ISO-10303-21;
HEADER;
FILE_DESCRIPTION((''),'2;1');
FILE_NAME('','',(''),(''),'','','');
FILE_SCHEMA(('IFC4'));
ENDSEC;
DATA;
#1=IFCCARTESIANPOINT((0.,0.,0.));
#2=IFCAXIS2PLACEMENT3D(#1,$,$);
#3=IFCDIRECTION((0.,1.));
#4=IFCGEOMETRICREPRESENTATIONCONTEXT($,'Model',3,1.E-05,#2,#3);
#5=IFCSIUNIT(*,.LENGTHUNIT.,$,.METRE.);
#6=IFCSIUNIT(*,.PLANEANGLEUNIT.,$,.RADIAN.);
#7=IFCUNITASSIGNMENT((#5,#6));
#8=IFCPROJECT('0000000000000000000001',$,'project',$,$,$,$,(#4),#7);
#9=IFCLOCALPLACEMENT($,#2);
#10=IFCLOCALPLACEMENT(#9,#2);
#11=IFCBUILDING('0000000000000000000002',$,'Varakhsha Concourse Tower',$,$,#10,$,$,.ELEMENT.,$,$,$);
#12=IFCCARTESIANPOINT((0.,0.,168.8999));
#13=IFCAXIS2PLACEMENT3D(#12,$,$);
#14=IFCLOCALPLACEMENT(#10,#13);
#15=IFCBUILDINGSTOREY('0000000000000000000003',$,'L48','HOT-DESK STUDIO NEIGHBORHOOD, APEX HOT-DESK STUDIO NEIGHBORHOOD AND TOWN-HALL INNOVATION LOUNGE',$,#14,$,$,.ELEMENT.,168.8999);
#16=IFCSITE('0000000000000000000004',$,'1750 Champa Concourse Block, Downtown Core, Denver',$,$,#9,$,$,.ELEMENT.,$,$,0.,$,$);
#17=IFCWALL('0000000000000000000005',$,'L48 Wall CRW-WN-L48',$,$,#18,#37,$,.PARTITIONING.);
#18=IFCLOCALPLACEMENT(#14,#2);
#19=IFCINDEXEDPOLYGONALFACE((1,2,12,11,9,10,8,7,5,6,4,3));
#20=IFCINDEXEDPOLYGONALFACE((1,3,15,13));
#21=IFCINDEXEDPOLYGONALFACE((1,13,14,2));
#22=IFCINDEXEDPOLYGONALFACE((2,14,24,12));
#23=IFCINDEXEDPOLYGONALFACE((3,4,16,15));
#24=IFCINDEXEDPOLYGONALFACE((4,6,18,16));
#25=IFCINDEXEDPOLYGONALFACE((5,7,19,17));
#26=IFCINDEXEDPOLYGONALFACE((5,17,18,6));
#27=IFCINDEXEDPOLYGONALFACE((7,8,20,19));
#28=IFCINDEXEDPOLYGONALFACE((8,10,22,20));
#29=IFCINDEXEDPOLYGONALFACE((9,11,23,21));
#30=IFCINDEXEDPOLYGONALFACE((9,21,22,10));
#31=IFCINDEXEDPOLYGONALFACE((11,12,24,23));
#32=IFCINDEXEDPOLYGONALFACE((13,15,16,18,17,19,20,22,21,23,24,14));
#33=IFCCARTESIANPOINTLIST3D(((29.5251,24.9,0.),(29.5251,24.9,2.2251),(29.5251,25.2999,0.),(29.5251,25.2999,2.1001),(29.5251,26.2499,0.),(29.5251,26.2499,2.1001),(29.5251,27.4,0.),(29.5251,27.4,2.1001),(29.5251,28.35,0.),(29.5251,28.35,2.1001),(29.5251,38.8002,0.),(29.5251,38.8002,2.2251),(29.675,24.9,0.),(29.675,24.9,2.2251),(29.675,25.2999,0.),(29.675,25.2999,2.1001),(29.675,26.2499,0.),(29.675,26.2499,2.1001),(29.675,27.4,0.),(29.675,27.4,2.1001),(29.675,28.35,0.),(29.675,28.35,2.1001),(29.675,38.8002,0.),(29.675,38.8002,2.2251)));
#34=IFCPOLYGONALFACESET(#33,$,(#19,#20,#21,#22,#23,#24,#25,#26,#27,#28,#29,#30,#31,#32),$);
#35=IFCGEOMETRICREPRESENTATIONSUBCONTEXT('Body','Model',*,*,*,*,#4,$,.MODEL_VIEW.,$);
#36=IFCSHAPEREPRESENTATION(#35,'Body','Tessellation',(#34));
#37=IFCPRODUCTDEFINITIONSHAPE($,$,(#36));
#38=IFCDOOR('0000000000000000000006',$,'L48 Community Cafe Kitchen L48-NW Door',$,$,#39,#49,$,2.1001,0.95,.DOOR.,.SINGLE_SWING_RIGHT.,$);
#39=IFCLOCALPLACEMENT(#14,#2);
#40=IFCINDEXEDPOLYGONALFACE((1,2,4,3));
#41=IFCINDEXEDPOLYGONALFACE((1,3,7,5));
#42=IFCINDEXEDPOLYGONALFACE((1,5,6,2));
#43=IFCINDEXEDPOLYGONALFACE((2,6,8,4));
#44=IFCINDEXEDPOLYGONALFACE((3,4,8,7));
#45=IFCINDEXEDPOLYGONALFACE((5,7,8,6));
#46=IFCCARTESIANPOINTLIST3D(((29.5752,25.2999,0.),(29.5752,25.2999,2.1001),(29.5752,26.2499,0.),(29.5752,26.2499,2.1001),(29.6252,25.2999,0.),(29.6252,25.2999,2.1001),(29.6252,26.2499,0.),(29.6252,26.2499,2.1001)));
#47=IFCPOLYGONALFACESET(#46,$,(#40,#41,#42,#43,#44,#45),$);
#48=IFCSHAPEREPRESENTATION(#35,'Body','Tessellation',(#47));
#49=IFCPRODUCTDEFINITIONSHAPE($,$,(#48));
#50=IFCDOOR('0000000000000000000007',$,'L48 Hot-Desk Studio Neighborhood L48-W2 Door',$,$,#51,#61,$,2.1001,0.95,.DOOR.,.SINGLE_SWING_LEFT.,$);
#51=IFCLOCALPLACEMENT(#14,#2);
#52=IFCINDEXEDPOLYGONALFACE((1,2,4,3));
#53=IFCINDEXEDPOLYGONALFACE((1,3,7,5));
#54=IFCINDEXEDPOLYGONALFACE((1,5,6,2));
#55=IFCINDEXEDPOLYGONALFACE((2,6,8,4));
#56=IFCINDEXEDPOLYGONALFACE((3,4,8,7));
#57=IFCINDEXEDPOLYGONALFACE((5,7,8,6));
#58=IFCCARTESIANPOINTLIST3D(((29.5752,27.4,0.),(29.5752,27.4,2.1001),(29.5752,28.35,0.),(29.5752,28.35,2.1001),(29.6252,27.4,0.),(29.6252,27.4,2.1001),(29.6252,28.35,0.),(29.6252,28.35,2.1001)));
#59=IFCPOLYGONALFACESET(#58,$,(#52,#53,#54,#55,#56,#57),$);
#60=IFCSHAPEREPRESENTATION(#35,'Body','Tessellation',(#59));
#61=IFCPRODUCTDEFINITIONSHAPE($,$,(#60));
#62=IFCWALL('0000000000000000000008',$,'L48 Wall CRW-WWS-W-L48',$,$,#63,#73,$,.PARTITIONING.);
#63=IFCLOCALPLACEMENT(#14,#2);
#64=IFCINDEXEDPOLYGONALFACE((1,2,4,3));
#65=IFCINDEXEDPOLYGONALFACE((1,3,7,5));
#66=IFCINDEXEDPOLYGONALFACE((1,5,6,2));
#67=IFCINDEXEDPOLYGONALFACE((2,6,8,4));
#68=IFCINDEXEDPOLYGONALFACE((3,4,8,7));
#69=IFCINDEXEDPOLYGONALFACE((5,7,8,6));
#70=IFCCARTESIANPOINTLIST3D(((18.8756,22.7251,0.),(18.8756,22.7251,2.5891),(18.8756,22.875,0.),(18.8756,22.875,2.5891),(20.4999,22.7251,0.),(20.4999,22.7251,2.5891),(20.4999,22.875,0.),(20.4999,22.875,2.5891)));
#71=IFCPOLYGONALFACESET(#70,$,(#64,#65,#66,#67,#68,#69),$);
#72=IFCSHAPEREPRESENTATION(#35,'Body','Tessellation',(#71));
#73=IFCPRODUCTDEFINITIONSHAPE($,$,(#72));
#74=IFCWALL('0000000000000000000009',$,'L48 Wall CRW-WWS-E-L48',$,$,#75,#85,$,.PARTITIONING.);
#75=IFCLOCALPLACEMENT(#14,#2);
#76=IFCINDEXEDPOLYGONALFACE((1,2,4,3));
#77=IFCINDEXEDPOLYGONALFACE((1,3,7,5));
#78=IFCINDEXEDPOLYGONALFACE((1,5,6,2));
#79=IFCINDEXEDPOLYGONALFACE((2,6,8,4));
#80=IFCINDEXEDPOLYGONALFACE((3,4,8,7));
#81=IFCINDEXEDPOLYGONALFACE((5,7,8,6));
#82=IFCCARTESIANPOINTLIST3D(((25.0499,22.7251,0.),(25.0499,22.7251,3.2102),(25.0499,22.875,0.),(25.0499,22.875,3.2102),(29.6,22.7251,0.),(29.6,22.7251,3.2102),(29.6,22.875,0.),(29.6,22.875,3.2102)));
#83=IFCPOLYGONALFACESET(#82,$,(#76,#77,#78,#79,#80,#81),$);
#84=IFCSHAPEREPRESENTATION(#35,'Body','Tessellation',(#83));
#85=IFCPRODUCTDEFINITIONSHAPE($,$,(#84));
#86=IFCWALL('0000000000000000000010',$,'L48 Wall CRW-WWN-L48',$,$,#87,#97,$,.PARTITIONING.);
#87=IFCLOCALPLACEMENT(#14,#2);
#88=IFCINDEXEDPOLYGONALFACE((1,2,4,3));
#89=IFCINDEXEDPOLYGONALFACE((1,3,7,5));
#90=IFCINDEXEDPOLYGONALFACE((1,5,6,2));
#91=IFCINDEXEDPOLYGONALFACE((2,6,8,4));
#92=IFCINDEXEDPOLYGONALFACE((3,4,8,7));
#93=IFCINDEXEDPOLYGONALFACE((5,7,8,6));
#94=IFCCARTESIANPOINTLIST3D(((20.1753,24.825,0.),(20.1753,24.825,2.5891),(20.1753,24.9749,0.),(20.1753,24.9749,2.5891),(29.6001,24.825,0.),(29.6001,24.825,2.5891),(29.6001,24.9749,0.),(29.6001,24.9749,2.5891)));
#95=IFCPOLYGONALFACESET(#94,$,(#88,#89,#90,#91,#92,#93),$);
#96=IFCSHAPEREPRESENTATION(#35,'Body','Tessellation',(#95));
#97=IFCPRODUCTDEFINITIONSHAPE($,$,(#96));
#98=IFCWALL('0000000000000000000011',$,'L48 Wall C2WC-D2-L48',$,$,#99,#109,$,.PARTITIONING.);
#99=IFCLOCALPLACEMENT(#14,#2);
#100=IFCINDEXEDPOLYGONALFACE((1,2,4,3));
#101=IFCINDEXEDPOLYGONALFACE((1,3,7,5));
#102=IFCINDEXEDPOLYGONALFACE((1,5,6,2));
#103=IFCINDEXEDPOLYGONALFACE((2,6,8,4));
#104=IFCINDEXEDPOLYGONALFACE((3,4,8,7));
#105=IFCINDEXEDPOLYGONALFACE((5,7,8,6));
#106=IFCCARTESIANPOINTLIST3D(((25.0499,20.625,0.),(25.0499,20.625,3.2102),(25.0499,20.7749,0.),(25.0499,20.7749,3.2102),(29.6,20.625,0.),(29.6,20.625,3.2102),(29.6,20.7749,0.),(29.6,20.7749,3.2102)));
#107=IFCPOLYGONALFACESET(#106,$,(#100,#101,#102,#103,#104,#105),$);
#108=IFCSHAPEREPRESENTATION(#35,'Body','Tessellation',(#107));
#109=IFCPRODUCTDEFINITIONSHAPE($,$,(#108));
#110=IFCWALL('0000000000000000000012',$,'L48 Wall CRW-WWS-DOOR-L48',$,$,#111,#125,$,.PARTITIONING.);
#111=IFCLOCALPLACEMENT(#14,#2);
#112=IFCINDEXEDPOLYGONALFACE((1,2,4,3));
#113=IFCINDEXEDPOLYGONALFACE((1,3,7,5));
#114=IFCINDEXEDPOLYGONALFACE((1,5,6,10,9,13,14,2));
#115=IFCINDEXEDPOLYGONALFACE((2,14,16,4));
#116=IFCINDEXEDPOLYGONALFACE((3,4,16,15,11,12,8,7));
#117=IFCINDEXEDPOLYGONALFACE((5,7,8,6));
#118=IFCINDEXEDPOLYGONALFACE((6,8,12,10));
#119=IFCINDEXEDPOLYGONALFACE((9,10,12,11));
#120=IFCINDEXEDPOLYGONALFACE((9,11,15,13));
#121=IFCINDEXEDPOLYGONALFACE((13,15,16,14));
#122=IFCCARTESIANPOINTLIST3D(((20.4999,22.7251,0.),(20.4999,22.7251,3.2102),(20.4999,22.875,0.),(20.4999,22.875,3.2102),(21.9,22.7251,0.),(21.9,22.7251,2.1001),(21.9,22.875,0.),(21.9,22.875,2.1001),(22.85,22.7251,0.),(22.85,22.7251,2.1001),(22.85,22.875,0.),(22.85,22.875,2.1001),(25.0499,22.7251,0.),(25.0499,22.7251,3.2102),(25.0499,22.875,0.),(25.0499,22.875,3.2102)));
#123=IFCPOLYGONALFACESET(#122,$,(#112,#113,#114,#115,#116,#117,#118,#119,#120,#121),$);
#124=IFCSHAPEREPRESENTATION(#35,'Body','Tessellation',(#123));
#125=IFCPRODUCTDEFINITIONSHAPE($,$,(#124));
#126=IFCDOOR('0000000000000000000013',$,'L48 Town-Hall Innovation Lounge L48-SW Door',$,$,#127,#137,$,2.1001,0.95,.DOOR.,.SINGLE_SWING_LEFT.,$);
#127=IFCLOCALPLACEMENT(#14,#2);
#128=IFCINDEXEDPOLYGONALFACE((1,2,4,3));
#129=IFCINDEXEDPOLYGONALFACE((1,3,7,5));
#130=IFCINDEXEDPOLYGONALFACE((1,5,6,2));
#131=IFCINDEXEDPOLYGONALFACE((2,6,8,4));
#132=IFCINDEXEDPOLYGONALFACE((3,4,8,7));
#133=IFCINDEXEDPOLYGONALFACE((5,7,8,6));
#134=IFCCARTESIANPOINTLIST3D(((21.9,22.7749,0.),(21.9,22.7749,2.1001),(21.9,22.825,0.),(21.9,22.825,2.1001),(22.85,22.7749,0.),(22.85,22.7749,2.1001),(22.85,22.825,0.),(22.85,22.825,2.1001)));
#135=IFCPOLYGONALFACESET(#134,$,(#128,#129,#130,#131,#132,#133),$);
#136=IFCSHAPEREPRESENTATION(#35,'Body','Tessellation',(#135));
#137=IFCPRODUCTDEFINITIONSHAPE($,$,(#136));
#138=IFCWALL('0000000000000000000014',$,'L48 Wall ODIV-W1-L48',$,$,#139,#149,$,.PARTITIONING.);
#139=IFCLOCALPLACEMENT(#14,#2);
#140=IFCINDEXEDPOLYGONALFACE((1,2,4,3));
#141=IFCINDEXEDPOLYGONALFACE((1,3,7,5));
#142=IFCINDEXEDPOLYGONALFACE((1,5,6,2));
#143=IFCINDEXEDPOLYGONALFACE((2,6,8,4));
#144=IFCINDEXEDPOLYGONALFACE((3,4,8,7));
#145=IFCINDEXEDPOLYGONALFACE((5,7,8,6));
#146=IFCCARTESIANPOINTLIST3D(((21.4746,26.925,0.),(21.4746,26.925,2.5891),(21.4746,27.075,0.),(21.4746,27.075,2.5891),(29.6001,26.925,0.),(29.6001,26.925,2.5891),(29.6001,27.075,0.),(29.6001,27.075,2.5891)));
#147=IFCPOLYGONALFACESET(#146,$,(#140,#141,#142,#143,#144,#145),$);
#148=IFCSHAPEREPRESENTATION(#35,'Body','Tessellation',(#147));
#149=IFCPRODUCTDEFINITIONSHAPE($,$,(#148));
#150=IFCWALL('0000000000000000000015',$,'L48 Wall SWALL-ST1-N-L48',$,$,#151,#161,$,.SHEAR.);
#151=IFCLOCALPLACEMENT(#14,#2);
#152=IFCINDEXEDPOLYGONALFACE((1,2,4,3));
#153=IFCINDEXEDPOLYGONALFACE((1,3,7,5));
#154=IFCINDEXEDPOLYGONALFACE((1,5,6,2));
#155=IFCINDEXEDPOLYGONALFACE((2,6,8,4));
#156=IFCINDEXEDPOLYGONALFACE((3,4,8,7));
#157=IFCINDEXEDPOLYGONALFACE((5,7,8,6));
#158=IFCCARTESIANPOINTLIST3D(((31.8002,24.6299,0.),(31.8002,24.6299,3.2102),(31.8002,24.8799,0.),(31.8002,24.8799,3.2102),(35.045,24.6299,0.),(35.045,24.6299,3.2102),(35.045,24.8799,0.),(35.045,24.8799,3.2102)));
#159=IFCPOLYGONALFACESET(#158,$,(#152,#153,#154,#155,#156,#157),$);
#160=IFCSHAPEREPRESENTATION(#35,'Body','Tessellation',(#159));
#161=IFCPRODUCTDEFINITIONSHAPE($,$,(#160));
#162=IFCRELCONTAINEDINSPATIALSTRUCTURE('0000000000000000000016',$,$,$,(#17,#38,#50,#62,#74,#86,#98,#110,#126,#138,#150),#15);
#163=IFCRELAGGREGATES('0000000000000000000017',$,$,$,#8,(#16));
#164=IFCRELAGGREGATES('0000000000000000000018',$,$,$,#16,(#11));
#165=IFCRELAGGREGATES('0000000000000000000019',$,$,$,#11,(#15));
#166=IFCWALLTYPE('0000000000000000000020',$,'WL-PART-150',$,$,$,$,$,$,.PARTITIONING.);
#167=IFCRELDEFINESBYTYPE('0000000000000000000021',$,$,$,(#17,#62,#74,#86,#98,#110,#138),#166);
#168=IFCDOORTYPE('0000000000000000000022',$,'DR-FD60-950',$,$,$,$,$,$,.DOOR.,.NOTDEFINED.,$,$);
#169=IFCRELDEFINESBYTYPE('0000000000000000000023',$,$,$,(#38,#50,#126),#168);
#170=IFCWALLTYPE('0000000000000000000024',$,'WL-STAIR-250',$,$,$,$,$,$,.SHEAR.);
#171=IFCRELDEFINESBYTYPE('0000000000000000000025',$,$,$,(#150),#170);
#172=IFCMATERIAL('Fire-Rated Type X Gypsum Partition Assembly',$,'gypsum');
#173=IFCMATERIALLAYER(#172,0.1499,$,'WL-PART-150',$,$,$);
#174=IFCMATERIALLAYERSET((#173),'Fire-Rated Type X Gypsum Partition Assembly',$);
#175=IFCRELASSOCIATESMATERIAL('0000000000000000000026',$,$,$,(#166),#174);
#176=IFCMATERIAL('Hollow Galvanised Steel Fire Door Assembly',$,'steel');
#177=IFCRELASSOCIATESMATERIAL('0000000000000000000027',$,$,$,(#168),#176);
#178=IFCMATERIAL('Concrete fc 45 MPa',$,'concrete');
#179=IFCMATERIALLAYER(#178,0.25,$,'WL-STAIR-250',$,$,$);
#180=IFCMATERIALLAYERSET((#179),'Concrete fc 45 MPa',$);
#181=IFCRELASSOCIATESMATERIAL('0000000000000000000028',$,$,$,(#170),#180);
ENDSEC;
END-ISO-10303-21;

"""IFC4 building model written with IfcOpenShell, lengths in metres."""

from ifc_helpers import new_model, si_unit, direction, frame, frame_2d, origin, place, context, subcontext, project, spatial, rectangle, extrude, material, layer, layer_set, type_object, element, fill, save


model = new_model("IFC4")

# Units and contexts
model_context = context("Model", 3, precision=1e-05, world=origin(), true_north=direction((0.0, 1.0)))
body_context = subcontext(model_context, "Body", "Model", "MODEL_VIEW")
ifc_project = project(units=[si_unit("LENGTHUNIT", "METRE"), si_unit("PLANEANGLEUNIT", "RADIAN")], contexts=[model_context])

# Site, building, storey
site_placement = place(None, origin())
site = spatial("IfcSite", under=ifc_project, at=site_placement, Name="1750 Champa Concourse Block, Downtown Core, Denver", CompositionType="ELEMENT", RefElevation=0.0)
building_placement = place(site_placement, origin())
building = spatial("IfcBuilding", under=site, at=building_placement, Name="Varakhsha Concourse Tower", CompositionType="ELEMENT")
storey_placement = place(building_placement, frame((0.0, 0.0, 168.8999)))
storey = spatial("IfcBuildingStorey", under=building, at=storey_placement, Name="L48", Description="HOT-DESK STUDIO NEIGHBORHOOD, APEX HOT-DESK STUDIO NEIGHBORHOOD AND TOWN-HALL INNOVATION LOUNGE", CompositionType="ELEMENT", Elevation=168.8999)

# Wall, openings, doors
ifc_material_1 = material(Name="Fire-Rated Type X Gypsum Partition Assembly", Category="gypsum")
ifc_layer_1 = layer(ifc_material_1, 0.1499, Name="WL-PART-150")
ifc_layer_set_1 = layer_set([ifc_layer_1], Name="Fire-Rated Type X Gypsum Partition Assembly")
wall_type_1 = type_object("IfcWallType", Name="WL-PART-150", PredefinedType="PARTITIONING", material=ifc_layer_set_1)
wall_1_placement = place(storey_placement, frame((29.6001, 24.8999, 0.0), z_axis=(0.0, 0.0, 1.0), x_axis=(0.0, 1.0, 0.0)))
wall_1 = element("IfcWall", 1, at=wall_1_placement, inside=storey, type_object=wall_type_1, Name="L48 Wall CRW-WN-L48", PredefinedType="PARTITIONING", context=body_context, shape_type="SweptSolid", body=[
    extrude(rectangle(XDim=13.9001, YDim=0.1499, at=frame_2d((6.9502, 0.0))), origin(), (0.0, 0.0, 1.0), 2.2251),
])
opening_1_placement = place(wall_1_placement, frame((0.3999, 0.0, 0.0)))
opening_1 = element("IfcOpeningElement", 2, at=opening_1_placement, cuts=wall_1, PredefinedType="OPENING", context=body_context, shape_type="SweptSolid", body=[
    extrude(rectangle(XDim=0.95, YDim=2.1001, at=frame_2d((0.4751, 1.05))), frame((0.0, 0.085, 0.0), z_axis=(0.0, -1.0, 0.0), x_axis=(1.0, 0.0, 0.0)), (0.0, 0.0, 1.0), 0.1699),
])
opening_2_placement = place(wall_1_placement, frame((2.5, 0.0, 0.0)))
opening_2 = element("IfcOpeningElement", 3, at=opening_2_placement, cuts=wall_1, PredefinedType="OPENING", context=body_context, shape_type="SweptSolid", body=[
    extrude(rectangle(XDim=0.95, YDim=2.1001, at=frame_2d((0.4751, 1.05))), frame((0.0, 0.085, 0.0), z_axis=(0.0, -1.0, 0.0), x_axis=(1.0, 0.0, 0.0)), (0.0, 0.0, 1.0), 0.1699),
])
ifc_material_2 = material(Name="Hollow Galvanised Steel Fire Door Assembly", Category="steel")
door_type = type_object("IfcDoorType", Name="DR-FD60-950", OperationType="NOTDEFINED", PredefinedType="DOOR", material=ifc_material_2)
door_1_placement = place(opening_1_placement, origin())
door_1 = element("IfcDoor", 4, at=door_1_placement, inside=storey, type_object=door_type, Name="L48 Community Cafe Kitchen L48-NW Door", OperationType="SINGLE_SWING_RIGHT", OverallHeight=2.1001, OverallWidth=0.95, PredefinedType="DOOR", context=body_context, shape_type="SweptSolid", body=[
    extrude(rectangle(XDim=0.95, YDim=2.1001, at=frame_2d((0.4751, 1.05))), frame((0.0, 0.0249, 0.0), z_axis=(0.0, -1.0, 0.0), x_axis=(1.0, 0.0, 0.0)), (0.0, 0.0, 1.0), 0.05),
])
fill(opening_1, door_1)
door_2_placement = place(opening_2_placement, origin())
door_2 = element("IfcDoor", 5, at=door_2_placement, inside=storey, type_object=door_type, Name="L48 Hot-Desk Studio Neighborhood L48-W2 Door", OperationType="SINGLE_SWING_LEFT", OverallHeight=2.1001, OverallWidth=0.95, PredefinedType="DOOR", context=body_context, shape_type="SweptSolid", body=[
    extrude(rectangle(XDim=0.95, YDim=2.1001, at=frame_2d((0.4751, 1.05))), frame((0.0, 0.0249, 0.0), z_axis=(0.0, -1.0, 0.0), x_axis=(1.0, 0.0, 0.0)), (0.0, 0.0, 1.0), 0.05),
])
fill(opening_2, door_2)

# Walls
wall_2_placement = place(storey_placement, frame((18.8757, 22.8, 0.0), z_axis=(0.0, 0.0, 1.0), x_axis=(1.0, 0.0, 0.0)))
element("IfcWall", 6, at=wall_2_placement, inside=storey, type_object=wall_type_1, Name="L48 Wall CRW-WWS-W-L48", PredefinedType="PARTITIONING", context=body_context, shape_type="SweptSolid", body=[
    extrude(rectangle(XDim=1.6243, YDim=0.1499, at=frame_2d((0.812, 0.0))), origin(), (0.0, 0.0, 1.0), 2.5891),
])
wall_3_placement = place(storey_placement, frame((25.05, 22.8, 0.0), z_axis=(0.0, 0.0, 1.0), x_axis=(1.0, 0.0, 0.0)))
element("IfcWall", 7, at=wall_3_placement, inside=storey, type_object=wall_type_1, Name="L48 Wall CRW-WWS-E-L48", PredefinedType="PARTITIONING", context=body_context, shape_type="SweptSolid", body=[
    extrude(rectangle(XDim=4.55, YDim=0.1499, at=frame_2d((2.2749, 0.0))), origin(), (0.0, 0.0, 1.0), 3.2102),
])
wall_4_placement = place(storey_placement, frame((20.1753, 24.8999, 0.0), z_axis=(0.0, 0.0, 1.0), x_axis=(1.0, 0.0, 0.0)))
element("IfcWall", 8, at=wall_4_placement, inside=storey, type_object=wall_type_1, Name="L48 Wall CRW-WWN-L48", PredefinedType="PARTITIONING", context=body_context, shape_type="SweptSolid", body=[
    extrude(rectangle(XDim=9.4248, YDim=0.1499, at=frame_2d((4.7124, 0.0))), origin(), (0.0, 0.0, 1.0), 2.5891),
])
wall_5_placement = place(storey_placement, frame((25.05, 20.7, 0.0), z_axis=(0.0, 0.0, 1.0), x_axis=(1.0, 0.0, 0.0)))
element("IfcWall", 9, at=wall_5_placement, inside=storey, type_object=wall_type_1, Name="L48 Wall C2WC-D2-L48", PredefinedType="PARTITIONING", context=body_context, shape_type="SweptSolid", body=[
    extrude(rectangle(XDim=4.55, YDim=0.1499, at=frame_2d((2.2749, 0.0))), origin(), (0.0, 0.0, 1.0), 3.2102),
])

# Wall, opening, door
wall_6_placement = place(storey_placement, frame((20.5, 22.8, 0.0), z_axis=(0.0, 0.0, 1.0), x_axis=(1.0, 0.0, 0.0)))
wall_6 = element("IfcWall", 10, at=wall_6_placement, inside=storey, type_object=wall_type_1, Name="L48 Wall CRW-WWS-DOOR-L48", PredefinedType="PARTITIONING", context=body_context, shape_type="SweptSolid", body=[
    extrude(rectangle(XDim=4.55, YDim=0.1499, at=frame_2d((2.2749, 0.0))), origin(), (0.0, 0.0, 1.0), 3.2102),
])
opening_3_placement = place(wall_6_placement, frame((1.3999, 0.0, 0.0)))
opening_3 = element("IfcOpeningElement", 11, at=opening_3_placement, cuts=wall_6, PredefinedType="OPENING", context=body_context, shape_type="SweptSolid", body=[
    extrude(rectangle(XDim=0.95, YDim=2.1001, at=frame_2d((0.4751, 1.05))), frame((0.0, 0.085, 0.0), z_axis=(0.0, -1.0, 0.0), x_axis=(1.0, 0.0, 0.0)), (0.0, 0.0, 1.0), 0.1699),
])
door_3_placement = place(opening_3_placement, origin())
door_3 = element("IfcDoor", 12, at=door_3_placement, inside=storey, type_object=door_type, Name="L48 Town-Hall Innovation Lounge L48-SW Door", OperationType="SINGLE_SWING_LEFT", OverallHeight=2.1001, OverallWidth=0.95, PredefinedType="DOOR", context=body_context, shape_type="SweptSolid", body=[
    extrude(rectangle(XDim=0.95, YDim=2.1001, at=frame_2d((0.4751, 1.05))), frame((0.0, 0.0249, 0.0), z_axis=(0.0, -1.0, 0.0), x_axis=(1.0, 0.0, 0.0)), (0.0, 0.0, 1.0), 0.05),
])
fill(opening_3, door_3)

# Walls
wall_7_placement = place(storey_placement, frame((21.4746, 27.0, 0.0), z_axis=(0.0, 0.0, 1.0), x_axis=(1.0, 0.0, 0.0)))
element("IfcWall", 13, at=wall_7_placement, inside=storey, type_object=wall_type_1, Name="L48 Wall ODIV-W1-L48", PredefinedType="PARTITIONING", context=body_context, shape_type="SweptSolid", body=[
    extrude(rectangle(XDim=8.1255, YDim=0.1499, at=frame_2d((4.0627, 0.0))), origin(), (0.0, 0.0, 1.0), 2.5891),
])
ifc_material_3 = material(Name="Concrete fc 45 MPa", Category="concrete")
ifc_layer_2 = layer(ifc_material_3, 0.25, Name="WL-STAIR-250")
ifc_layer_set_2 = layer_set([ifc_layer_2], Name="Concrete fc 45 MPa")
wall_type_2 = type_object("IfcWallType", Name="WL-STAIR-250", PredefinedType="SHEAR", material=ifc_layer_set_2)
wall_8_placement = place(storey_placement, frame((31.8, 24.7549, 0.0), z_axis=(0.0, 0.0, 1.0), x_axis=(1.0, 0.0, 0.0)))
element("IfcWall", 14, at=wall_8_placement, inside=storey, type_object=wall_type_2, Name="L48 Wall SWALL-ST1-N-L48", PredefinedType="SHEAR", context=body_context, shape_type="SweptSolid", body=[
    extrude(rectangle(XDim=3.2449, YDim=0.25, at=frame_2d((1.6226, 0.0))), origin(), (0.0, 0.0, 1.0), 3.2102),
])

save(model, "model.ifc")
